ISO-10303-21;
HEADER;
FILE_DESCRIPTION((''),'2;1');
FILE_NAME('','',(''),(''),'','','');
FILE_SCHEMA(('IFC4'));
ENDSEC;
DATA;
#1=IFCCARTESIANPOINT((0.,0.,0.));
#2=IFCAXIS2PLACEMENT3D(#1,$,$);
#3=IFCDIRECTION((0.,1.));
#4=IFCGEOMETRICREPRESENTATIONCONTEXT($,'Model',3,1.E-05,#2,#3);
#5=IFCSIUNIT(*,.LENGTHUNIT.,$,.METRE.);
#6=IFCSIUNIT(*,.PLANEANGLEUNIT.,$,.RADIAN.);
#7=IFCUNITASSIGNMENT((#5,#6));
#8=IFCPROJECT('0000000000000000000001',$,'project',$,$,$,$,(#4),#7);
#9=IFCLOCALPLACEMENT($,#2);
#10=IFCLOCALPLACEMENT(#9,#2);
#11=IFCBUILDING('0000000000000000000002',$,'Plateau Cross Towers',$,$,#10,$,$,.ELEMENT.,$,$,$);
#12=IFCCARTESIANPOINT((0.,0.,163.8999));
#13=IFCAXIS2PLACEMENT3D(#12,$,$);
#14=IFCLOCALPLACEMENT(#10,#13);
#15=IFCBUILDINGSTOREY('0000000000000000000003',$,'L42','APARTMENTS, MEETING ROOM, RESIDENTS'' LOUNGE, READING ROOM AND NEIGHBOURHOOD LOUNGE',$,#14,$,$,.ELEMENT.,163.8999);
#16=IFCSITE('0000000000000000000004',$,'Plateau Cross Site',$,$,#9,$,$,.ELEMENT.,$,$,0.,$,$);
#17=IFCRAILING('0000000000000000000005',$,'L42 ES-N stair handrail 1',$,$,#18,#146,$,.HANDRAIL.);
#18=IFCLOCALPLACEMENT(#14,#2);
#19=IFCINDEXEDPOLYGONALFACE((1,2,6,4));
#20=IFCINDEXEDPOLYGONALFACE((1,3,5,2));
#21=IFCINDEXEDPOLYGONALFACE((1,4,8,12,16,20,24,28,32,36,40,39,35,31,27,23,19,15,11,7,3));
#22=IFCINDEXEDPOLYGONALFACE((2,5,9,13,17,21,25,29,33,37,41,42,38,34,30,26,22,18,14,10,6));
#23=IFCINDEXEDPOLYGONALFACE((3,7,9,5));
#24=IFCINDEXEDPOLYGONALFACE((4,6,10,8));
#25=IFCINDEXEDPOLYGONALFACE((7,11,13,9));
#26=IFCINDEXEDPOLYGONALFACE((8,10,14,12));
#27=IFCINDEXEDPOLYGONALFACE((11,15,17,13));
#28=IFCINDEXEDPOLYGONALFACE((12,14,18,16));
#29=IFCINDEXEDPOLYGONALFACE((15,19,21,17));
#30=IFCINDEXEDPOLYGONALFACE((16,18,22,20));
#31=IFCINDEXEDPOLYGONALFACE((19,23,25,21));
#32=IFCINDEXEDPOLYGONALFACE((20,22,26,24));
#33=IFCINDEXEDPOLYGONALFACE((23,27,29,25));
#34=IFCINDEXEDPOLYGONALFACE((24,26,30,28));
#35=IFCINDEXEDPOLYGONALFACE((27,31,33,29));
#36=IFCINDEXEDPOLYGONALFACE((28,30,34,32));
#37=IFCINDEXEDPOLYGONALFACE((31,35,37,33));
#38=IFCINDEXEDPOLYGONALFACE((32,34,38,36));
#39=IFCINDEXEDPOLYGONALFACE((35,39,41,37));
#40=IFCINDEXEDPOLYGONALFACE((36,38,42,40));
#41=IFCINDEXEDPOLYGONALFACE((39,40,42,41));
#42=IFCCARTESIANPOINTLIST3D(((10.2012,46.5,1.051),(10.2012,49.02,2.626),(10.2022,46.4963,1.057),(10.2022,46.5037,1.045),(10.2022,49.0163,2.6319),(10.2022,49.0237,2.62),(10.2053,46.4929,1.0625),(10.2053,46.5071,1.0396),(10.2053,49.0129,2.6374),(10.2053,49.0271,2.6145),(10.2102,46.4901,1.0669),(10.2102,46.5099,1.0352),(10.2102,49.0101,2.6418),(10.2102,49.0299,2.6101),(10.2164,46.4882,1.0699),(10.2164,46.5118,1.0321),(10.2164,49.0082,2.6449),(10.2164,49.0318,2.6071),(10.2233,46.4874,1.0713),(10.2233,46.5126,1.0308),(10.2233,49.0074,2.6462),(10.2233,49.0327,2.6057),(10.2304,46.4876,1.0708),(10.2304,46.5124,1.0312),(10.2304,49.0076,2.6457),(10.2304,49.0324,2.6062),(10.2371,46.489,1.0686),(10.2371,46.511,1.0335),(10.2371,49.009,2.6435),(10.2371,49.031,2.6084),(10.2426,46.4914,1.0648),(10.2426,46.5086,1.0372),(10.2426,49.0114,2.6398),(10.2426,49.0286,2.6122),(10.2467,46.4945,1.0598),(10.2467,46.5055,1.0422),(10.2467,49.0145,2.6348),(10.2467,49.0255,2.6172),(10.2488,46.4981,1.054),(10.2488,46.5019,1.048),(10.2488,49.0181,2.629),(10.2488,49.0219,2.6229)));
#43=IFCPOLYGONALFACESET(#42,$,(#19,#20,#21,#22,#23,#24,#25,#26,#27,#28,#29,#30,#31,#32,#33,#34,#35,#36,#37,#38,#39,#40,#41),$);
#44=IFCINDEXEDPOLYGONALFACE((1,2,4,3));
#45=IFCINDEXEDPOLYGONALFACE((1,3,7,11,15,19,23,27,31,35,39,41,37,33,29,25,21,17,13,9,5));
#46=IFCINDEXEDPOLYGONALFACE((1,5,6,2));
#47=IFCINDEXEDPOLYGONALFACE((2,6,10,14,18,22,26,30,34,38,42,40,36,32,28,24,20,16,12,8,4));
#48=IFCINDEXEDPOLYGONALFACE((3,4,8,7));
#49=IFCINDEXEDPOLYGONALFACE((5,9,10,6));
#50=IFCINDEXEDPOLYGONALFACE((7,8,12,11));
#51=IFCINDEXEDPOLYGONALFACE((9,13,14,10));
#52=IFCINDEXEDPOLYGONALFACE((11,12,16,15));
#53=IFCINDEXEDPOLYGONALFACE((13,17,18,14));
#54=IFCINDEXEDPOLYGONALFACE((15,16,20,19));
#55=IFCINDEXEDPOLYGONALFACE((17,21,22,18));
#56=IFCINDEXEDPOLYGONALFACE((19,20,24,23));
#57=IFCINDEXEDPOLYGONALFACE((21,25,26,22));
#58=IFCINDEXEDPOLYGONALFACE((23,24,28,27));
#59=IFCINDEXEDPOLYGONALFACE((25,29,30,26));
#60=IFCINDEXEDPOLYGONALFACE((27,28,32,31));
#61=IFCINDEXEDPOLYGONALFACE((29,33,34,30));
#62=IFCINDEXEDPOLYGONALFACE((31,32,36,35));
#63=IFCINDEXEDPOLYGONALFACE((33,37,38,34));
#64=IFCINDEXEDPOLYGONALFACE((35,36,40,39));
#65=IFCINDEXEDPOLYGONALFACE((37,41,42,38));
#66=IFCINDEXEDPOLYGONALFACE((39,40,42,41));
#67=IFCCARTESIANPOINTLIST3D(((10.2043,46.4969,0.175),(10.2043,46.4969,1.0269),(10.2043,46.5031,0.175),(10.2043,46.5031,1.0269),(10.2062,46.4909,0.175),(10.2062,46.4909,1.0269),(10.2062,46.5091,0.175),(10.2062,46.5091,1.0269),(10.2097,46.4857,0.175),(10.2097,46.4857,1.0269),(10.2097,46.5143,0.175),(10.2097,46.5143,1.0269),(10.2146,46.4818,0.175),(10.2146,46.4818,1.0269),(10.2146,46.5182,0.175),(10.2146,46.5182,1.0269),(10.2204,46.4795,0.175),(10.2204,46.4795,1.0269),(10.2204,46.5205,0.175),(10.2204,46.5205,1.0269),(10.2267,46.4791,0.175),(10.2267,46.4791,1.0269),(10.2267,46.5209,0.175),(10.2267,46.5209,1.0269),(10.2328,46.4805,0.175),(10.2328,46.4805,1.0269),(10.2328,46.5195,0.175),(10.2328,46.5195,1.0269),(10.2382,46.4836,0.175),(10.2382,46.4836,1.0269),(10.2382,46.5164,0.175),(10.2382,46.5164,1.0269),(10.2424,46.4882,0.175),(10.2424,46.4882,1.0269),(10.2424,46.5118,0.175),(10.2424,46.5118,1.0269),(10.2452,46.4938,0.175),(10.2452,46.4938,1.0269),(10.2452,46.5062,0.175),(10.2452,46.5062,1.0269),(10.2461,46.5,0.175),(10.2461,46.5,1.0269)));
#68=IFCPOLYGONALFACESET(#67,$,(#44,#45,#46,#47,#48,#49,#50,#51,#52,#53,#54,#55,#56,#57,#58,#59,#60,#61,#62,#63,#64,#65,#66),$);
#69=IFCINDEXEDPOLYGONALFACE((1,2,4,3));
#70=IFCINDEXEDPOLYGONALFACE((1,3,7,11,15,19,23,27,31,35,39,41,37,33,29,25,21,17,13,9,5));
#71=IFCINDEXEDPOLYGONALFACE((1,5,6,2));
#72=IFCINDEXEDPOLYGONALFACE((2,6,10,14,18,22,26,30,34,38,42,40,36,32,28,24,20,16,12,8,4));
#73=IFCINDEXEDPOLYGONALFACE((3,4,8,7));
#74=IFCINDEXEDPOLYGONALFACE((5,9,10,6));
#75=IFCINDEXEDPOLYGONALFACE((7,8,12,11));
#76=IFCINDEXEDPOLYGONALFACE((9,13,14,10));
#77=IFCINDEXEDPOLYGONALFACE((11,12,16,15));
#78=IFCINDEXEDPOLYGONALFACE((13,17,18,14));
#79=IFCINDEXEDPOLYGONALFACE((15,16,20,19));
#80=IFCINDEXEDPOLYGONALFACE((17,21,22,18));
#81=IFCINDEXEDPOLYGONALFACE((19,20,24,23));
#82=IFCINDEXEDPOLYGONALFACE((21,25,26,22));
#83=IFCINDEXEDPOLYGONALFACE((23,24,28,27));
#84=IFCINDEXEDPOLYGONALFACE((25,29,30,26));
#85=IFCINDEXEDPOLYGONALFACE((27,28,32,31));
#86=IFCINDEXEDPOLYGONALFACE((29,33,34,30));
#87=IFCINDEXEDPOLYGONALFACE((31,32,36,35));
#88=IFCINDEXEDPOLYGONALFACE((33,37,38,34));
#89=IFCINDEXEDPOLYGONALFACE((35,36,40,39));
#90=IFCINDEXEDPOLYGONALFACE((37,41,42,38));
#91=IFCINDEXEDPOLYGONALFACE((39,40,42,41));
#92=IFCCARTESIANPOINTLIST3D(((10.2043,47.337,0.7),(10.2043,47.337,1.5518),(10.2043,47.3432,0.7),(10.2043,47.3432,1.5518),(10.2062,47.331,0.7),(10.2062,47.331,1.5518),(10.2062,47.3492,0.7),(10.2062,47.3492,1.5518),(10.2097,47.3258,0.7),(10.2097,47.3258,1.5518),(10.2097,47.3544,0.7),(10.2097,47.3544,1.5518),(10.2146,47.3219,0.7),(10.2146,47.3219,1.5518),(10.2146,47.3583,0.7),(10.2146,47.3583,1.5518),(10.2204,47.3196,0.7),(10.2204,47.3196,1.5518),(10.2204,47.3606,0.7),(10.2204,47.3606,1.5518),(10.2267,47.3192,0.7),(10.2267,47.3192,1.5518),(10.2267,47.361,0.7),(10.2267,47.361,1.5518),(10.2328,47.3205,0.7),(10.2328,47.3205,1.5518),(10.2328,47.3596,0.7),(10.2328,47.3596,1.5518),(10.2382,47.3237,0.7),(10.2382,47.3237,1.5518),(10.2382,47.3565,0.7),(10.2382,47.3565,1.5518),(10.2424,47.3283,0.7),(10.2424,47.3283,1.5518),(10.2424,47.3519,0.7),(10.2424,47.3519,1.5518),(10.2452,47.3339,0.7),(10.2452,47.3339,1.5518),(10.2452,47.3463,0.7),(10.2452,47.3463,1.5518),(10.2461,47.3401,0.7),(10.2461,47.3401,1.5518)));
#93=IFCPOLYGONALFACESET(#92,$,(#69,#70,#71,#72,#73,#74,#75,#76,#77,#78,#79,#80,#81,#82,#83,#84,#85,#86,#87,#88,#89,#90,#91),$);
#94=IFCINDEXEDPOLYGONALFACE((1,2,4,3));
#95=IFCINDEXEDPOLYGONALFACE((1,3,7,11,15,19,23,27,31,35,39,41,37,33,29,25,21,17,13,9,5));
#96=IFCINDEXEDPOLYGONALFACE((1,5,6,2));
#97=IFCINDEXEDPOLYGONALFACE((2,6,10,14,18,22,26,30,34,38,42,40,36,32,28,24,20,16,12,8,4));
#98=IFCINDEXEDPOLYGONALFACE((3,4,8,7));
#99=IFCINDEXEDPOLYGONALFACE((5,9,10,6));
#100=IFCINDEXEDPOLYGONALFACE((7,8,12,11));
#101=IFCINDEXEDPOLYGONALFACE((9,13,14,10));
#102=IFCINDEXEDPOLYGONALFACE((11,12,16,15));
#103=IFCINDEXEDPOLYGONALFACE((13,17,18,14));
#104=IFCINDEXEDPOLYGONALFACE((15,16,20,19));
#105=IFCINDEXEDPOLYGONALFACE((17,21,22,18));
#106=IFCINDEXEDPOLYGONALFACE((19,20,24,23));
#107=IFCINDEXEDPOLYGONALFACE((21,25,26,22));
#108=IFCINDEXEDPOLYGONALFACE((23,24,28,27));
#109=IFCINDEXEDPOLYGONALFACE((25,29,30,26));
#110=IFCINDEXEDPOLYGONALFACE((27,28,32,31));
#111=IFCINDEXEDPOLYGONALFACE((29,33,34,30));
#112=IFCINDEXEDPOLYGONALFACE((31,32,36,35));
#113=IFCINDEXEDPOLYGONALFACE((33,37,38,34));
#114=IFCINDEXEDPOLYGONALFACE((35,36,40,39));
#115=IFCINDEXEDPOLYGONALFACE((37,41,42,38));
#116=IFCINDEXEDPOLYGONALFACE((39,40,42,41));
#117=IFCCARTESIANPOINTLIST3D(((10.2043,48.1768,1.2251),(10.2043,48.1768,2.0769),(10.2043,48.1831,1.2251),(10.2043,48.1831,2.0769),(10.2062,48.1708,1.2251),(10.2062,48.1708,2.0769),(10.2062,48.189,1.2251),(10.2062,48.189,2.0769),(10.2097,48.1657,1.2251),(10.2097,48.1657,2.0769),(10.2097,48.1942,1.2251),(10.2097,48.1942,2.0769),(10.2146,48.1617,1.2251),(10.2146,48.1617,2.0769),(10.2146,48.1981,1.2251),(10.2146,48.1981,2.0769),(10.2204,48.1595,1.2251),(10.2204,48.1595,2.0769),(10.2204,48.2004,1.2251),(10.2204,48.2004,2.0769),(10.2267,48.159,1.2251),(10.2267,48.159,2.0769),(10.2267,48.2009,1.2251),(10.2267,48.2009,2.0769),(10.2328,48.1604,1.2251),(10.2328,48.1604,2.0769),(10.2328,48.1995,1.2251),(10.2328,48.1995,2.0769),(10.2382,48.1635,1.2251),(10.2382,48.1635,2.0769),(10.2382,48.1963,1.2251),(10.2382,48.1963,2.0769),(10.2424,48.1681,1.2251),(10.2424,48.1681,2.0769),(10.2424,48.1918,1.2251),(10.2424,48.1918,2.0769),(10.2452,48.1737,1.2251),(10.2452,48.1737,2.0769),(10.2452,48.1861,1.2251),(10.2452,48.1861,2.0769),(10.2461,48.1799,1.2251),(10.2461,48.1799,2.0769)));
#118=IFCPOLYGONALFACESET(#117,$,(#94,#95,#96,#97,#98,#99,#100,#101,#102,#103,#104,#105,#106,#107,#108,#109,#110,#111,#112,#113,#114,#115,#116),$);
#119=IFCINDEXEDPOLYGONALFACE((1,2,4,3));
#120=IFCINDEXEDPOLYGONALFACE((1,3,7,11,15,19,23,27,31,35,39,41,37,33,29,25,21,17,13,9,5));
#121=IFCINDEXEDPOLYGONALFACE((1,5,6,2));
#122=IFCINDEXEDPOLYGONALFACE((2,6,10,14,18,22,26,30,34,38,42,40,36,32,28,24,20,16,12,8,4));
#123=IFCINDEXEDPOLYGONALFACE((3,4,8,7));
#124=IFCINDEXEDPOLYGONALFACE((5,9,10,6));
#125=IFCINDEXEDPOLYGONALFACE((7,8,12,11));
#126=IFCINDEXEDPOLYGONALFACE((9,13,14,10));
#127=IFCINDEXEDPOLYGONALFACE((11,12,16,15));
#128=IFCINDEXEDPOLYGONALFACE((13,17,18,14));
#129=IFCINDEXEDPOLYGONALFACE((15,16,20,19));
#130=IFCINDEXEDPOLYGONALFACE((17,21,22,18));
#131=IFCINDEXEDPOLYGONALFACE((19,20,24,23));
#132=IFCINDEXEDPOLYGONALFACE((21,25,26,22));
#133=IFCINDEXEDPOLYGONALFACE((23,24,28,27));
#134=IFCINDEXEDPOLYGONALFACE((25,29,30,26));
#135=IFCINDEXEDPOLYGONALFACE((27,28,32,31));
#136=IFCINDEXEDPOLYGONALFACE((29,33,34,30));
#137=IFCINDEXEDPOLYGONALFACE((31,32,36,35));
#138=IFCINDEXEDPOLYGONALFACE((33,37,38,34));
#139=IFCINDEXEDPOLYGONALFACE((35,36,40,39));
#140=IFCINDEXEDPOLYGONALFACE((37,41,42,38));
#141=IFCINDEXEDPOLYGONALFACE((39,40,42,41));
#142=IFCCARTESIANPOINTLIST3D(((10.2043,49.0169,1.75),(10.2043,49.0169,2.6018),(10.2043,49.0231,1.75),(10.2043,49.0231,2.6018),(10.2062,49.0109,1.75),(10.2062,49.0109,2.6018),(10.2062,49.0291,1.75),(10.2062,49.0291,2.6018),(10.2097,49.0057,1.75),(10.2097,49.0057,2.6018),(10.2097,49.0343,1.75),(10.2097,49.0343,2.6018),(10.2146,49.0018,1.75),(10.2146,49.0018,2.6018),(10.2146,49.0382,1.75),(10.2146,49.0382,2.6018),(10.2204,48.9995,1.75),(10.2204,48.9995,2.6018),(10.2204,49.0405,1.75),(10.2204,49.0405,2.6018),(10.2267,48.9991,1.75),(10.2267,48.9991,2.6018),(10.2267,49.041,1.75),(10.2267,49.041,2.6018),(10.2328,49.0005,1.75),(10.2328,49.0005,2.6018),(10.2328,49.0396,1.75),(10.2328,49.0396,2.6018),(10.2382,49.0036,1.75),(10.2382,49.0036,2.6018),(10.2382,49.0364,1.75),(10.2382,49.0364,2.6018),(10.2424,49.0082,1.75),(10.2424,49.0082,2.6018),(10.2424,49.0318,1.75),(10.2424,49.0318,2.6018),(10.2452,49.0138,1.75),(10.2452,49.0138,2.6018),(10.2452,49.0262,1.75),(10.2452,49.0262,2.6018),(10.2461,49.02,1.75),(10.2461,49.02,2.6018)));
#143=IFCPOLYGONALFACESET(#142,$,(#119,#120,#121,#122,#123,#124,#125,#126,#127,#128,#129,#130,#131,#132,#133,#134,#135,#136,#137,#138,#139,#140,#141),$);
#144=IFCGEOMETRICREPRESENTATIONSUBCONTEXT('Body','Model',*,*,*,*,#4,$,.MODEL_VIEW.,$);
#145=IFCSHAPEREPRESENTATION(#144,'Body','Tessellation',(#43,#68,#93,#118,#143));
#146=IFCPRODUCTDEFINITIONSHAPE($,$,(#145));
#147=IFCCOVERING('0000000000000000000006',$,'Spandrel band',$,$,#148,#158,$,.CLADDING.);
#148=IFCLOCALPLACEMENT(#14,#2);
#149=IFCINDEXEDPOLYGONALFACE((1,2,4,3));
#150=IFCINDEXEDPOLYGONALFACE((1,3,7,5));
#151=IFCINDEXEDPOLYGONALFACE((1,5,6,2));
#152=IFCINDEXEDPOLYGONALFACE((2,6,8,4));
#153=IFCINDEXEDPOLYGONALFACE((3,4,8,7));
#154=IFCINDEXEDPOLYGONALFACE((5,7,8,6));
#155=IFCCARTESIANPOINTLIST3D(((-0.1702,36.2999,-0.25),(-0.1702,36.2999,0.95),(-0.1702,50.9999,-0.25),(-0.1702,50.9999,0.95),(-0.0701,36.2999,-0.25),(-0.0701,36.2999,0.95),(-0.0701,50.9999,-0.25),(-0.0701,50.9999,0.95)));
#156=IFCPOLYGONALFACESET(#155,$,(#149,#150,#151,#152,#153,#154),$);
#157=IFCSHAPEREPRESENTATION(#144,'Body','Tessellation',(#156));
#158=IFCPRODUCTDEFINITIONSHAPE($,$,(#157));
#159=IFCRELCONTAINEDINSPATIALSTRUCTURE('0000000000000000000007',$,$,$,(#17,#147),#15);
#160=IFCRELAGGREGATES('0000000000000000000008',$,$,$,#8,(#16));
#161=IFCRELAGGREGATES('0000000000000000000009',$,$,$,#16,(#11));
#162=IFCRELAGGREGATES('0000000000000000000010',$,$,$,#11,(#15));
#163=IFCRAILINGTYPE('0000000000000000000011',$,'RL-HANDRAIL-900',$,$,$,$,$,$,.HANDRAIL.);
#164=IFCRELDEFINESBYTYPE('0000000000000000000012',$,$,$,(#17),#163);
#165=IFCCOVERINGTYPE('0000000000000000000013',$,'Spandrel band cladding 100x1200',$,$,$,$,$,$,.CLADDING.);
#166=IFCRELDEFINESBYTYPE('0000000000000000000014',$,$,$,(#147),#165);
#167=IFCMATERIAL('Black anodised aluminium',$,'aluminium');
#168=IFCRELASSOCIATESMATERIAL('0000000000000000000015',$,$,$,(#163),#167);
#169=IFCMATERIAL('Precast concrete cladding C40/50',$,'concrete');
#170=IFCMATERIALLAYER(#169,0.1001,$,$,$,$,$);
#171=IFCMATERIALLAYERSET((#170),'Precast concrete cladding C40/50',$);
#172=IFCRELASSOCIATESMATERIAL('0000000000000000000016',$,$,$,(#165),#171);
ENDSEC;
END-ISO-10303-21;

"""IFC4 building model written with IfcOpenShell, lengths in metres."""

from ifc_helpers import new_model, si_unit, direction, frame, origin, origin_2d, place, context, subcontext, project, spatial, rectangle, circle, extrude, material, layer, layer_set, type_object, element, save


model = new_model("IFC4")

# Units and contexts
model_context = context("Model", 3, precision=1e-05, world=origin(), true_north=direction((0.0, 1.0)))
body_context = subcontext(model_context, "Body", "Model", "MODEL_VIEW")
ifc_project = project(units=[si_unit("LENGTHUNIT", "METRE"), si_unit("PLANEANGLEUNIT", "RADIAN")], contexts=[model_context])

# Site, building, storey
site_placement = place(None, origin())
site = spatial("IfcSite", under=ifc_project, at=site_placement, Name="Plateau Cross Site", CompositionType="ELEMENT", RefElevation=0.0)
building_placement = place(site_placement, origin())
building = spatial("IfcBuilding", under=site, at=building_placement, Name="Plateau Cross Towers", CompositionType="ELEMENT")
storey_placement = place(building_placement, frame((0.0, 0.0, 163.8999)))
storey = spatial("IfcBuildingStorey", under=building, at=storey_placement, Name="L42", Description="APARTMENTS, MEETING ROOM, RESIDENTS' LOUNGE, READING ROOM AND NEIGHBOURHOOD LOUNGE", CompositionType="ELEMENT", Elevation=163.8999)

# Shared definitions
ifc_material_1 = material(Name="Black anodised aluminium", Category="aluminium")

# Railing
railing_type_1 = type_object("IfcRailingType", Name="RL-HANDRAIL-900", PredefinedType="HANDRAIL", material=ifc_material_1)
railing_1_placement = place(storey_placement, frame((10.2251, 46.5, 0.175)))
element("IfcRailing", 1, at=railing_1_placement, inside=storey, type_object=railing_type_1, Name="L42 ES-N stair handrail 1", PredefinedType="HANDRAIL", context=body_context, shape_type="SweptSolid", body=[
    extrude(circle(Radius=0.0239, at=origin_2d()), frame((0.0, 0.0, 0.876), z_axis=(0.0, 0.848008, 0.529984), x_axis=(-1.0, 0.0, 0.0)), (0.0, 0.0, 1.0), 2.9717),
    extrude(circle(Radius=0.021, at=origin_2d()), origin(), (0.0, 0.0, 1.0), 0.8518),
    extrude(circle(Radius=0.021, at=origin_2d()), frame((0.0, 0.8401, 0.5249)), (0.0, 0.0, 1.0), 0.8518),
    extrude(circle(Radius=0.021, at=origin_2d()), frame((0.0, 1.6799, 1.05)), (0.0, 0.0, 1.0), 0.8518),
    extrude(circle(Radius=0.021, at=origin_2d()), frame((0.0, 2.52, 1.575)), (0.0, 0.0, 1.0), 0.8518),
])

# Covering
ifc_material_2 = material(Name="Precast concrete cladding C40/50", Category="concrete")
ifc_layer_1 = layer(ifc_material_2, 0.1001)
ifc_layer_set_1 = layer_set([ifc_layer_1], Name="Precast concrete cladding C40/50")
covering_type = type_object("IfcCoveringType", Name="Spandrel band cladding 100x1200", PredefinedType="CLADDING", material=ifc_layer_set_1)
covering_placement = place(storey_placement, frame((-0.1201, 43.6499, -0.25), z_axis=(0.0, 0.0, 1.0), x_axis=(0.0, -1.0, 0.0)))
element("IfcCovering", 2, at=covering_placement, inside=storey, type_object=covering_type, Name="Spandrel band", PredefinedType="CLADDING", context=body_context, shape_type="SweptSolid", body=[
    extrude(rectangle(XDim=14.7, YDim=0.1001, at=origin_2d()), origin(), (0.0, 0.0, 1.0), 1.2),
])

save(model, "model.ifc")
